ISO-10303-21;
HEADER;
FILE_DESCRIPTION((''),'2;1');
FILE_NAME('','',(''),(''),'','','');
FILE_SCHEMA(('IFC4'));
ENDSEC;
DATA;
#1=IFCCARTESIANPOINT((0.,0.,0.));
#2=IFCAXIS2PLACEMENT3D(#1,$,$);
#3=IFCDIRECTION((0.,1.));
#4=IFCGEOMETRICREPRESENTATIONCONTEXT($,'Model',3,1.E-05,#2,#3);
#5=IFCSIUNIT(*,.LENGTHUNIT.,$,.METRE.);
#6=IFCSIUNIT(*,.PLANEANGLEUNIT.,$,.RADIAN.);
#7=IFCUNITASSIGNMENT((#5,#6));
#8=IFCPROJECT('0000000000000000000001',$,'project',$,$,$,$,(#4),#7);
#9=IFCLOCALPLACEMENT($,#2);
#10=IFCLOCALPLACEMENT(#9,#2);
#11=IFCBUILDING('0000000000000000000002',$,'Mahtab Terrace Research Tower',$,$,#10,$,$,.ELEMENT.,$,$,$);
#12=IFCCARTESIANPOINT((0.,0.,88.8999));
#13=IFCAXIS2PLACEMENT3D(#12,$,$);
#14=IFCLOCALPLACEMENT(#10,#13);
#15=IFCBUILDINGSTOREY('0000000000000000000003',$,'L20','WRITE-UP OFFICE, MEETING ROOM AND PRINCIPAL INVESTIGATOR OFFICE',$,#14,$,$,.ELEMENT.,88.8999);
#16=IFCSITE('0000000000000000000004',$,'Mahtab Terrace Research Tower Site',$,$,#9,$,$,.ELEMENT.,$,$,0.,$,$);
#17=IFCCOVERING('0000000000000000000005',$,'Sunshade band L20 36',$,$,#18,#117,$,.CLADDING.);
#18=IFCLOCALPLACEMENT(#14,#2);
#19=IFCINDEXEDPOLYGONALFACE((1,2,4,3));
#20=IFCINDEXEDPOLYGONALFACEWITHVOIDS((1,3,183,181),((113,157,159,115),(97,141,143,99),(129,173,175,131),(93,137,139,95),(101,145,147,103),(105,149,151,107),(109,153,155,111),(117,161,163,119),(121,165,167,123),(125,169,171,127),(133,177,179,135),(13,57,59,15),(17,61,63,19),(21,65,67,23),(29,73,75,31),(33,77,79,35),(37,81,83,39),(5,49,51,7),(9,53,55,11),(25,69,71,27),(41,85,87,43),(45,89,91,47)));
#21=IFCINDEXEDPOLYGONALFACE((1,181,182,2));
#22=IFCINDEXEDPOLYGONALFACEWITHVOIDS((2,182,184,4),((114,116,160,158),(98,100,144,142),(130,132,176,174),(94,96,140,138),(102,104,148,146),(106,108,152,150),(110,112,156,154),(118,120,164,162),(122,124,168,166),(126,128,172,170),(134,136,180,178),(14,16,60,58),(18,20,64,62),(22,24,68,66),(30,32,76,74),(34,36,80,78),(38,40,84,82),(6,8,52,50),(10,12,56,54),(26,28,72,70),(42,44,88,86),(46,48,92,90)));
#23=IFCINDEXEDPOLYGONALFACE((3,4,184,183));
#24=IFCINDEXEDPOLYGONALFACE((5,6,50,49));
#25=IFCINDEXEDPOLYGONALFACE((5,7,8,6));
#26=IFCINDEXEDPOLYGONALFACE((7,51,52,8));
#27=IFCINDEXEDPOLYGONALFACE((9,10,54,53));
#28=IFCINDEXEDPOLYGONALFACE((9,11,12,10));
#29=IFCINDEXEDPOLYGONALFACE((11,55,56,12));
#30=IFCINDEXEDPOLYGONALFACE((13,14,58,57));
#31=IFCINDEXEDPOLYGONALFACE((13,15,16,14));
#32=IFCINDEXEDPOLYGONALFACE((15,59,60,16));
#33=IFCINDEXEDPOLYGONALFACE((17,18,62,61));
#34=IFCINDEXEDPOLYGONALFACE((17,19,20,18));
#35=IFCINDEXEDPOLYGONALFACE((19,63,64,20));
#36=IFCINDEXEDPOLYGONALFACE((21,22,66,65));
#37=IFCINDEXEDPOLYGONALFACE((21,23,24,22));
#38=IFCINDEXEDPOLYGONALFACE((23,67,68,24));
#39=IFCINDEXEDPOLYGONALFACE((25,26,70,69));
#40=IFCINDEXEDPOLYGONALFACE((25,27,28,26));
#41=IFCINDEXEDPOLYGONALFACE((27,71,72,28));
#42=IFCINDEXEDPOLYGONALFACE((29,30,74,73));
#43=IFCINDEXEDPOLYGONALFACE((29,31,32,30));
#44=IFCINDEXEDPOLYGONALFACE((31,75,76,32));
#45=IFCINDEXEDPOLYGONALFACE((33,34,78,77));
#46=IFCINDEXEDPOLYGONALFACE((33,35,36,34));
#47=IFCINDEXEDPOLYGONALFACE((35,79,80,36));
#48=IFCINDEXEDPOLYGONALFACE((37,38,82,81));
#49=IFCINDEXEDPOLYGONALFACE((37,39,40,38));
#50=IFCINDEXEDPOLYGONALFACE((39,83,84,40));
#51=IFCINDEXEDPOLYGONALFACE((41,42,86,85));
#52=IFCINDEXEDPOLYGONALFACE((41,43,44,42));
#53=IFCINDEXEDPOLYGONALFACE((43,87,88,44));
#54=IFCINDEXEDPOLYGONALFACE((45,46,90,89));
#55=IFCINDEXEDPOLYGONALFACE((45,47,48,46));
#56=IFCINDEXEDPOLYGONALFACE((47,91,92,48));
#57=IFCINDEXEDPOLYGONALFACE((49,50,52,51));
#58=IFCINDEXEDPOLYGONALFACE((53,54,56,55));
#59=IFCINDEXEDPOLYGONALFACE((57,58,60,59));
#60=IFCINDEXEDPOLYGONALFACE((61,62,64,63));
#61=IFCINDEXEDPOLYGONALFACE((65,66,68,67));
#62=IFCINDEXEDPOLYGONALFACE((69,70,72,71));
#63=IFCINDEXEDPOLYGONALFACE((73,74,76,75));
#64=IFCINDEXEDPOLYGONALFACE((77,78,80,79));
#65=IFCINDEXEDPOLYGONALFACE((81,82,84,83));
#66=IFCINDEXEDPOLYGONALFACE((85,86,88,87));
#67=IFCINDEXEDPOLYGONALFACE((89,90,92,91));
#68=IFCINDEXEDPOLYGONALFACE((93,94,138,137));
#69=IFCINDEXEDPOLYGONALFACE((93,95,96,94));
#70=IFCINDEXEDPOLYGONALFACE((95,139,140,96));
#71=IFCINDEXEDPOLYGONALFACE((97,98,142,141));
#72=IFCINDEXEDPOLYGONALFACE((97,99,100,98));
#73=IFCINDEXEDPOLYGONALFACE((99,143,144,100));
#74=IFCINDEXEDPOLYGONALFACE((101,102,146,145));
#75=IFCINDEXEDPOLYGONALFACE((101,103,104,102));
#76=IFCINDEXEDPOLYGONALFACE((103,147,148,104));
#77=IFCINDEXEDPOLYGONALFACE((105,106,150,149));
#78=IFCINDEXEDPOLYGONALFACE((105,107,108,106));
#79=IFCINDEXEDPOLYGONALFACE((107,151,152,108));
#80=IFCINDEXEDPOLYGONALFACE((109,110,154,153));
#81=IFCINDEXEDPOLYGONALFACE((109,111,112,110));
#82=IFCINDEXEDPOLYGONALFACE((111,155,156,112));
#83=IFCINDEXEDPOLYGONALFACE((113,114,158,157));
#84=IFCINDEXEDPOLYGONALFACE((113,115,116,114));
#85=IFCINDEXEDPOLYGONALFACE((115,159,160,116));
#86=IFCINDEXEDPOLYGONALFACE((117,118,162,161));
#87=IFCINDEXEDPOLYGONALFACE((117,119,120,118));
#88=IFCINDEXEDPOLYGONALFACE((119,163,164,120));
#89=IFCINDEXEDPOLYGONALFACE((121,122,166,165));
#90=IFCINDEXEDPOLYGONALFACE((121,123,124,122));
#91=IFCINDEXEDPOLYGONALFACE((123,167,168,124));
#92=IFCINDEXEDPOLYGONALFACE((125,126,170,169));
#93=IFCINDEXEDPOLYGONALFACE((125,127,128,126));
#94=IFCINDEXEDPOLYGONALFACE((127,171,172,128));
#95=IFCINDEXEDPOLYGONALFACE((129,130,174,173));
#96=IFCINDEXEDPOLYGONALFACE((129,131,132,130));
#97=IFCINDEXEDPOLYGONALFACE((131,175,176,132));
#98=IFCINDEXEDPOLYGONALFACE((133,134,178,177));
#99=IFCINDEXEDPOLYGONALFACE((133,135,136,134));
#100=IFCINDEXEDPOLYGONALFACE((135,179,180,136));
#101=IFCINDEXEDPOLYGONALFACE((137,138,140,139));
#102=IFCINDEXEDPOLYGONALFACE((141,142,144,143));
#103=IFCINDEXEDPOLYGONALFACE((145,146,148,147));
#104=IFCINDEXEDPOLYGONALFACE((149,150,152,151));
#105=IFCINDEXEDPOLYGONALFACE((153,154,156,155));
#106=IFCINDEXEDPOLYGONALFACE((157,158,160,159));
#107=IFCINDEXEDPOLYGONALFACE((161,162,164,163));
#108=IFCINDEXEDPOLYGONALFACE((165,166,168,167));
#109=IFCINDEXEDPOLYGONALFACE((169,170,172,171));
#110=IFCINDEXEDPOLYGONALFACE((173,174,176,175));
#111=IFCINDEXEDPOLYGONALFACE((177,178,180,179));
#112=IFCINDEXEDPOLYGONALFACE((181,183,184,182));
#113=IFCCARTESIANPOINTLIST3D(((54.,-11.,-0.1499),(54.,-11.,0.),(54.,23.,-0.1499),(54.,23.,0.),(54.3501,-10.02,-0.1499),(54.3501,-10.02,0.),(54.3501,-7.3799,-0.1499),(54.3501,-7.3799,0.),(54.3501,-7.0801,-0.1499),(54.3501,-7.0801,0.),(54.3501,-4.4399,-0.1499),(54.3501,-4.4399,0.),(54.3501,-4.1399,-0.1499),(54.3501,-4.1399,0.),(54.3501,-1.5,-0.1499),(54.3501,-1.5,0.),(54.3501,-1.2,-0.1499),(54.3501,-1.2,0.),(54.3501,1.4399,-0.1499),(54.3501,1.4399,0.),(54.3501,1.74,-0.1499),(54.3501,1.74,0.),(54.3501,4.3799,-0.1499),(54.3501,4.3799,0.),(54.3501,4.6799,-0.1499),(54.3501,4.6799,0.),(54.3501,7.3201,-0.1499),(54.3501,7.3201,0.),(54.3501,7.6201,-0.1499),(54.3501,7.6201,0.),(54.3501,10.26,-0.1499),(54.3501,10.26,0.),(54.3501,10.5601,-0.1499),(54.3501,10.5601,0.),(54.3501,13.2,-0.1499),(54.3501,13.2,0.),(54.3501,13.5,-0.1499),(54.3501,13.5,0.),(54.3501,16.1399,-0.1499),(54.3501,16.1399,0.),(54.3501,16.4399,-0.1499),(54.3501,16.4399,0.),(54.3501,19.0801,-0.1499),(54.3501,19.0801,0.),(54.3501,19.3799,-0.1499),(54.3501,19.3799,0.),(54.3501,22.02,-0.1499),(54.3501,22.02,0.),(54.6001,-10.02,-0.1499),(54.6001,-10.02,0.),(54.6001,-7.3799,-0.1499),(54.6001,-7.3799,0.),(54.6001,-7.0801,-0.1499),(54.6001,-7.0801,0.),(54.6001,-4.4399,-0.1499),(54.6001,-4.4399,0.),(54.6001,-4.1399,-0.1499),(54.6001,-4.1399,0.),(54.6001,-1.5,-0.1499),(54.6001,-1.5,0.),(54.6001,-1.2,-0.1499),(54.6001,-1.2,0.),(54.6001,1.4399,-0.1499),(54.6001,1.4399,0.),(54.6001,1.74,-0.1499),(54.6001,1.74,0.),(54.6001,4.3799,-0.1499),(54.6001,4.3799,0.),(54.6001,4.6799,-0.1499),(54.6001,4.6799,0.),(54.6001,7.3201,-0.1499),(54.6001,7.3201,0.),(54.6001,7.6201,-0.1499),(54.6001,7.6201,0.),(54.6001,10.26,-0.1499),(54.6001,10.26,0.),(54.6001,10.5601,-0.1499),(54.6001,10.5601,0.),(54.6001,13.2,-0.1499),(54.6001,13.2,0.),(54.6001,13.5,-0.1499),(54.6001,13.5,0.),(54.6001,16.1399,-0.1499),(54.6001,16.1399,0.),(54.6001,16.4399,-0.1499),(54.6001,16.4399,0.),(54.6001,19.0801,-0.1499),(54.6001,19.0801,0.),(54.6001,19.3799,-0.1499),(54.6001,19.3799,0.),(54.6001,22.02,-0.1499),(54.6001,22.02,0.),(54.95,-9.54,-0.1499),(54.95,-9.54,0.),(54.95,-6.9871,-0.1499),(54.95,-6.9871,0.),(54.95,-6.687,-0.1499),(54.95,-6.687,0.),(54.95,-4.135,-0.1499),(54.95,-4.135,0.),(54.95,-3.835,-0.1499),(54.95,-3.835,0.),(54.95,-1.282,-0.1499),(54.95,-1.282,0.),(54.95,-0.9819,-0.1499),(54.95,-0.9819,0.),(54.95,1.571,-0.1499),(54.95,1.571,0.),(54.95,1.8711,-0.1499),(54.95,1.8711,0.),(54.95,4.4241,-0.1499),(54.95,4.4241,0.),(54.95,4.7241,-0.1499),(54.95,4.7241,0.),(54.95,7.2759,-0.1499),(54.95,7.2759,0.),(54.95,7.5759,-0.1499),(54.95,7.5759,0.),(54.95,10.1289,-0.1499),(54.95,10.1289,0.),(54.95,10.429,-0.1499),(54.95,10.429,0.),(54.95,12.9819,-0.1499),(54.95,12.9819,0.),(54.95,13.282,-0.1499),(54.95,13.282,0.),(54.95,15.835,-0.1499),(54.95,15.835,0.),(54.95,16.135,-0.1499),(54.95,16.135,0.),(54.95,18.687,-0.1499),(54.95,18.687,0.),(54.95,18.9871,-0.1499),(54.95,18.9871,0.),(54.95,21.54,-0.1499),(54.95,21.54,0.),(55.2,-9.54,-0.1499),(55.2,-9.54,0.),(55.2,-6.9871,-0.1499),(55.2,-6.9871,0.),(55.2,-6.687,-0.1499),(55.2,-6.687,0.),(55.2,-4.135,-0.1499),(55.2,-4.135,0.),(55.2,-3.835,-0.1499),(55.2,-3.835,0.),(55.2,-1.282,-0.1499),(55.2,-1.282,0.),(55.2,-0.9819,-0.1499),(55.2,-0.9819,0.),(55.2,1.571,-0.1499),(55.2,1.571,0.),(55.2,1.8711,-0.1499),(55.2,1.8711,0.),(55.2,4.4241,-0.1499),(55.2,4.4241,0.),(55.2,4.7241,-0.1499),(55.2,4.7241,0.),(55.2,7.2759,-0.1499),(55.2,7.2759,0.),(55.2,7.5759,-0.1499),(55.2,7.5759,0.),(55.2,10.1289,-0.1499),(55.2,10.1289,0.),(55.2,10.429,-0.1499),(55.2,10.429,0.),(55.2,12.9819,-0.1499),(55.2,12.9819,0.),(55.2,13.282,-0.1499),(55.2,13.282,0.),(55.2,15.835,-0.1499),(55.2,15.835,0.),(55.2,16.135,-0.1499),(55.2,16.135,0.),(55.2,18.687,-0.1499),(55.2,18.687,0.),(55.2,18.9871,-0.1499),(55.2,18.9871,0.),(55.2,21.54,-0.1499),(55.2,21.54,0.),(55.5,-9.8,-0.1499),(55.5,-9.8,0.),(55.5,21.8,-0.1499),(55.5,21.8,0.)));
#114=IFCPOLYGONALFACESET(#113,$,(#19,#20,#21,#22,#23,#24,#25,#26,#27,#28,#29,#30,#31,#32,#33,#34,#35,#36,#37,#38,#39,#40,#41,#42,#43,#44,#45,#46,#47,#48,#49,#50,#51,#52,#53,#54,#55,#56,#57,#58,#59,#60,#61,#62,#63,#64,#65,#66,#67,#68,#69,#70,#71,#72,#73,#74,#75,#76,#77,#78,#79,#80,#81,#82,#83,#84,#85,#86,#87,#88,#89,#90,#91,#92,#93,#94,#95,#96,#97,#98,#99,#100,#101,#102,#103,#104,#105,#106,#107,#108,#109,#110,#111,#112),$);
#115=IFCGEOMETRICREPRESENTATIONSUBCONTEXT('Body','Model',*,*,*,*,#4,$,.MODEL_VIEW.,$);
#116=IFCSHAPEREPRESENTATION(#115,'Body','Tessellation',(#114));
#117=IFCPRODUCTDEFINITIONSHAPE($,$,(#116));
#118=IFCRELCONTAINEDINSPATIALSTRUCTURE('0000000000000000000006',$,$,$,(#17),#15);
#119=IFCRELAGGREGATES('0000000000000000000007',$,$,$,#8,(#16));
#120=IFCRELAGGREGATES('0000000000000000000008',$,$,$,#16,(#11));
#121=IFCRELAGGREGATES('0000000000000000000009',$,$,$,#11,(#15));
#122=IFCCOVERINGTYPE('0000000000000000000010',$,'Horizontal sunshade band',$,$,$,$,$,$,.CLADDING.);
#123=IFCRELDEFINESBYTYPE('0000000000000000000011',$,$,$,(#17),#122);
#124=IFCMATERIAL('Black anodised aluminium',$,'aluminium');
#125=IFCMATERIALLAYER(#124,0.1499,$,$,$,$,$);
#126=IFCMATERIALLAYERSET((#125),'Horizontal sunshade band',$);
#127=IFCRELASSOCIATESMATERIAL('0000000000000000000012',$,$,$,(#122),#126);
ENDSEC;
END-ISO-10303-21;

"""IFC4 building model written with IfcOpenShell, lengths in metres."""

from ifc_helpers import new_model, si_unit, direction, frame, origin, place, context, subcontext, project, spatial, polyline, outline, extrude, material, layer, layer_set, type_object, element, save


model = new_model("IFC4")

# Units and contexts
model_context = context("Model", 3, precision=1e-05, world=origin(), true_north=direction((0.0, 1.0)))
body_context = subcontext(model_context, "Body", "Model", "MODEL_VIEW")
ifc_project = project(units=[si_unit("LENGTHUNIT", "METRE"), si_unit("PLANEANGLEUNIT", "RADIAN")], contexts=[model_context])

# Site, building, storey
site_placement = place(None, origin())
site = spatial("IfcSite", under=ifc_project, at=site_placement, Name="Mahtab Terrace Research Tower Site", CompositionType="ELEMENT", RefElevation=0.0)
building_placement = place(site_placement, origin())
building = spatial("IfcBuilding", under=site, at=building_placement, Name="Mahtab Terrace Research Tower", CompositionType="ELEMENT")
storey_placement = place(building_placement, frame((0.0, 0.0, 88.8999)))
storey = spatial("IfcBuildingStorey", under=building, at=storey_placement, Name="L20", Description="WRITE-UP OFFICE, MEETING ROOM AND PRINCIPAL INVESTIGATOR OFFICE", CompositionType="ELEMENT", Elevation=88.8999)

# Covering
ifc_material_1 = material(Name="Black anodised aluminium", Category="aluminium")
ifc_layer_1 = layer(ifc_material_1, 0.1499)
ifc_layer_set_1 = layer_set([ifc_layer_1], Name="Horizontal sunshade band")
covering_type_1 = type_object("IfcCoveringType", Name="Horizontal sunshade band", PredefinedType="CLADDING", material=ifc_layer_set_1)
covering_1_placement = place(storey_placement, frame((0.0, 0.0, -0.1499)))
element("IfcCovering", 1, at=covering_1_placement, inside=storey, type_object=covering_type_1, Name="Sunshade band L20 36", PredefinedType="CLADDING", context=body_context, shape_type="SweptSolid", body=[
    extrude(outline(polyline([(54.0, -11.0), (54.0, 23.0), (55.5, 21.8), (55.5, -9.8), (54.0, -11.0)]), holes=[polyline([(54.3501, -10.02), (54.3501, -7.3799), (54.6001, -7.3799), (54.6001, -10.02), (54.3501, -10.02)]), polyline([(54.3501, -7.0801), (54.3501, -4.4399), (54.6001, -4.4399), (54.6001, -7.0801), (54.3501, -7.0801)]), polyline([(54.3501, -4.1399), (54.3501, -1.5), (54.6001, -1.5), (54.6001, -4.1399), (54.3501, -4.1399)]), polyline([(54.3501, -1.2), (54.3501, 1.4399), (54.6001, 1.4399), (54.6001, -1.2), (54.3501, -1.2)]), polyline([(54.3501, 1.74), (54.3501, 4.3799), (54.6001, 4.3799), (54.6001, 1.74), (54.3501, 1.74)]), polyline([(54.3501, 4.6799), (54.3501, 7.3201), (54.6001, 7.3201), (54.6001, 4.6799), (54.3501, 4.6799)]), polyline([(54.3501, 7.6201), (54.3501, 10.26), (54.6001, 10.26), (54.6001, 7.6201), (54.3501, 7.6201)]), polyline([(54.3501, 10.5601), (54.3501, 13.2), (54.6001, 13.2), (54.6001, 10.5601), (54.3501, 10.5601)]), polyline([(54.3501, 13.5), (54.3501, 16.1399), (54.6001, 16.1399), (54.6001, 13.5), (54.3501, 13.5)]), polyline([(54.3501, 16.4399), (54.3501, 19.0801), (54.6001, 19.0801), (54.6001, 16.4399), (54.3501, 16.4399)]), polyline([(54.3501, 19.3799), (54.3501, 22.02), (54.6001, 22.02), (54.6001, 19.3799), (54.3501, 19.3799)]), polyline([(54.95, -9.54), (54.95, -6.9871), (55.2, -6.9871), (55.2, -9.54), (54.95, -9.54)]), polyline([(54.95, -6.687), (54.95, -4.135), (55.2, -4.135), (55.2, -6.687), (54.95, -6.687)]), polyline([(54.95, -3.835), (54.95, -1.282), (55.2, -1.282), (55.2, -3.835), (54.95, -3.835)]), polyline([(54.95, -0.9819), (54.95, 1.571), (55.2, 1.571), (55.2, -0.9819), (54.95, -0.9819)]), polyline([(54.95, 1.8711), (54.95, 4.4241), (55.2, 4.4241), (55.2, 1.8711), (54.95, 1.8711)]), polyline([(54.95, 4.7241), (54.95, 7.2759), (55.2, 7.2759), (55.2, 4.7241), (54.95, 4.7241)]), polyline([(54.95, 7.5759), (54.95, 10.1289), (55.2, 10.1289), (55.2, 7.5759), (54.95, 7.5759)]), polyline([(54.95, 10.429), (54.95, 12.9819), (55.2, 12.9819), (55.2, 10.429), (54.95, 10.429)]), polyline([(54.95, 13.282), (54.95, 15.835), (55.2, 15.835), (55.2, 13.282), (54.95, 13.282)]), polyline([(54.95, 16.135), (54.95, 18.687), (55.2, 18.687), (55.2, 16.135), (54.95, 16.135)]), polyline([(54.95, 18.9871), (54.95, 21.54), (55.2, 21.54), (55.2, 18.9871), (54.95, 18.9871)])]), origin(), (0.0, 0.0, 1.0), 0.1499),
])

save(model, "model.ifc")
